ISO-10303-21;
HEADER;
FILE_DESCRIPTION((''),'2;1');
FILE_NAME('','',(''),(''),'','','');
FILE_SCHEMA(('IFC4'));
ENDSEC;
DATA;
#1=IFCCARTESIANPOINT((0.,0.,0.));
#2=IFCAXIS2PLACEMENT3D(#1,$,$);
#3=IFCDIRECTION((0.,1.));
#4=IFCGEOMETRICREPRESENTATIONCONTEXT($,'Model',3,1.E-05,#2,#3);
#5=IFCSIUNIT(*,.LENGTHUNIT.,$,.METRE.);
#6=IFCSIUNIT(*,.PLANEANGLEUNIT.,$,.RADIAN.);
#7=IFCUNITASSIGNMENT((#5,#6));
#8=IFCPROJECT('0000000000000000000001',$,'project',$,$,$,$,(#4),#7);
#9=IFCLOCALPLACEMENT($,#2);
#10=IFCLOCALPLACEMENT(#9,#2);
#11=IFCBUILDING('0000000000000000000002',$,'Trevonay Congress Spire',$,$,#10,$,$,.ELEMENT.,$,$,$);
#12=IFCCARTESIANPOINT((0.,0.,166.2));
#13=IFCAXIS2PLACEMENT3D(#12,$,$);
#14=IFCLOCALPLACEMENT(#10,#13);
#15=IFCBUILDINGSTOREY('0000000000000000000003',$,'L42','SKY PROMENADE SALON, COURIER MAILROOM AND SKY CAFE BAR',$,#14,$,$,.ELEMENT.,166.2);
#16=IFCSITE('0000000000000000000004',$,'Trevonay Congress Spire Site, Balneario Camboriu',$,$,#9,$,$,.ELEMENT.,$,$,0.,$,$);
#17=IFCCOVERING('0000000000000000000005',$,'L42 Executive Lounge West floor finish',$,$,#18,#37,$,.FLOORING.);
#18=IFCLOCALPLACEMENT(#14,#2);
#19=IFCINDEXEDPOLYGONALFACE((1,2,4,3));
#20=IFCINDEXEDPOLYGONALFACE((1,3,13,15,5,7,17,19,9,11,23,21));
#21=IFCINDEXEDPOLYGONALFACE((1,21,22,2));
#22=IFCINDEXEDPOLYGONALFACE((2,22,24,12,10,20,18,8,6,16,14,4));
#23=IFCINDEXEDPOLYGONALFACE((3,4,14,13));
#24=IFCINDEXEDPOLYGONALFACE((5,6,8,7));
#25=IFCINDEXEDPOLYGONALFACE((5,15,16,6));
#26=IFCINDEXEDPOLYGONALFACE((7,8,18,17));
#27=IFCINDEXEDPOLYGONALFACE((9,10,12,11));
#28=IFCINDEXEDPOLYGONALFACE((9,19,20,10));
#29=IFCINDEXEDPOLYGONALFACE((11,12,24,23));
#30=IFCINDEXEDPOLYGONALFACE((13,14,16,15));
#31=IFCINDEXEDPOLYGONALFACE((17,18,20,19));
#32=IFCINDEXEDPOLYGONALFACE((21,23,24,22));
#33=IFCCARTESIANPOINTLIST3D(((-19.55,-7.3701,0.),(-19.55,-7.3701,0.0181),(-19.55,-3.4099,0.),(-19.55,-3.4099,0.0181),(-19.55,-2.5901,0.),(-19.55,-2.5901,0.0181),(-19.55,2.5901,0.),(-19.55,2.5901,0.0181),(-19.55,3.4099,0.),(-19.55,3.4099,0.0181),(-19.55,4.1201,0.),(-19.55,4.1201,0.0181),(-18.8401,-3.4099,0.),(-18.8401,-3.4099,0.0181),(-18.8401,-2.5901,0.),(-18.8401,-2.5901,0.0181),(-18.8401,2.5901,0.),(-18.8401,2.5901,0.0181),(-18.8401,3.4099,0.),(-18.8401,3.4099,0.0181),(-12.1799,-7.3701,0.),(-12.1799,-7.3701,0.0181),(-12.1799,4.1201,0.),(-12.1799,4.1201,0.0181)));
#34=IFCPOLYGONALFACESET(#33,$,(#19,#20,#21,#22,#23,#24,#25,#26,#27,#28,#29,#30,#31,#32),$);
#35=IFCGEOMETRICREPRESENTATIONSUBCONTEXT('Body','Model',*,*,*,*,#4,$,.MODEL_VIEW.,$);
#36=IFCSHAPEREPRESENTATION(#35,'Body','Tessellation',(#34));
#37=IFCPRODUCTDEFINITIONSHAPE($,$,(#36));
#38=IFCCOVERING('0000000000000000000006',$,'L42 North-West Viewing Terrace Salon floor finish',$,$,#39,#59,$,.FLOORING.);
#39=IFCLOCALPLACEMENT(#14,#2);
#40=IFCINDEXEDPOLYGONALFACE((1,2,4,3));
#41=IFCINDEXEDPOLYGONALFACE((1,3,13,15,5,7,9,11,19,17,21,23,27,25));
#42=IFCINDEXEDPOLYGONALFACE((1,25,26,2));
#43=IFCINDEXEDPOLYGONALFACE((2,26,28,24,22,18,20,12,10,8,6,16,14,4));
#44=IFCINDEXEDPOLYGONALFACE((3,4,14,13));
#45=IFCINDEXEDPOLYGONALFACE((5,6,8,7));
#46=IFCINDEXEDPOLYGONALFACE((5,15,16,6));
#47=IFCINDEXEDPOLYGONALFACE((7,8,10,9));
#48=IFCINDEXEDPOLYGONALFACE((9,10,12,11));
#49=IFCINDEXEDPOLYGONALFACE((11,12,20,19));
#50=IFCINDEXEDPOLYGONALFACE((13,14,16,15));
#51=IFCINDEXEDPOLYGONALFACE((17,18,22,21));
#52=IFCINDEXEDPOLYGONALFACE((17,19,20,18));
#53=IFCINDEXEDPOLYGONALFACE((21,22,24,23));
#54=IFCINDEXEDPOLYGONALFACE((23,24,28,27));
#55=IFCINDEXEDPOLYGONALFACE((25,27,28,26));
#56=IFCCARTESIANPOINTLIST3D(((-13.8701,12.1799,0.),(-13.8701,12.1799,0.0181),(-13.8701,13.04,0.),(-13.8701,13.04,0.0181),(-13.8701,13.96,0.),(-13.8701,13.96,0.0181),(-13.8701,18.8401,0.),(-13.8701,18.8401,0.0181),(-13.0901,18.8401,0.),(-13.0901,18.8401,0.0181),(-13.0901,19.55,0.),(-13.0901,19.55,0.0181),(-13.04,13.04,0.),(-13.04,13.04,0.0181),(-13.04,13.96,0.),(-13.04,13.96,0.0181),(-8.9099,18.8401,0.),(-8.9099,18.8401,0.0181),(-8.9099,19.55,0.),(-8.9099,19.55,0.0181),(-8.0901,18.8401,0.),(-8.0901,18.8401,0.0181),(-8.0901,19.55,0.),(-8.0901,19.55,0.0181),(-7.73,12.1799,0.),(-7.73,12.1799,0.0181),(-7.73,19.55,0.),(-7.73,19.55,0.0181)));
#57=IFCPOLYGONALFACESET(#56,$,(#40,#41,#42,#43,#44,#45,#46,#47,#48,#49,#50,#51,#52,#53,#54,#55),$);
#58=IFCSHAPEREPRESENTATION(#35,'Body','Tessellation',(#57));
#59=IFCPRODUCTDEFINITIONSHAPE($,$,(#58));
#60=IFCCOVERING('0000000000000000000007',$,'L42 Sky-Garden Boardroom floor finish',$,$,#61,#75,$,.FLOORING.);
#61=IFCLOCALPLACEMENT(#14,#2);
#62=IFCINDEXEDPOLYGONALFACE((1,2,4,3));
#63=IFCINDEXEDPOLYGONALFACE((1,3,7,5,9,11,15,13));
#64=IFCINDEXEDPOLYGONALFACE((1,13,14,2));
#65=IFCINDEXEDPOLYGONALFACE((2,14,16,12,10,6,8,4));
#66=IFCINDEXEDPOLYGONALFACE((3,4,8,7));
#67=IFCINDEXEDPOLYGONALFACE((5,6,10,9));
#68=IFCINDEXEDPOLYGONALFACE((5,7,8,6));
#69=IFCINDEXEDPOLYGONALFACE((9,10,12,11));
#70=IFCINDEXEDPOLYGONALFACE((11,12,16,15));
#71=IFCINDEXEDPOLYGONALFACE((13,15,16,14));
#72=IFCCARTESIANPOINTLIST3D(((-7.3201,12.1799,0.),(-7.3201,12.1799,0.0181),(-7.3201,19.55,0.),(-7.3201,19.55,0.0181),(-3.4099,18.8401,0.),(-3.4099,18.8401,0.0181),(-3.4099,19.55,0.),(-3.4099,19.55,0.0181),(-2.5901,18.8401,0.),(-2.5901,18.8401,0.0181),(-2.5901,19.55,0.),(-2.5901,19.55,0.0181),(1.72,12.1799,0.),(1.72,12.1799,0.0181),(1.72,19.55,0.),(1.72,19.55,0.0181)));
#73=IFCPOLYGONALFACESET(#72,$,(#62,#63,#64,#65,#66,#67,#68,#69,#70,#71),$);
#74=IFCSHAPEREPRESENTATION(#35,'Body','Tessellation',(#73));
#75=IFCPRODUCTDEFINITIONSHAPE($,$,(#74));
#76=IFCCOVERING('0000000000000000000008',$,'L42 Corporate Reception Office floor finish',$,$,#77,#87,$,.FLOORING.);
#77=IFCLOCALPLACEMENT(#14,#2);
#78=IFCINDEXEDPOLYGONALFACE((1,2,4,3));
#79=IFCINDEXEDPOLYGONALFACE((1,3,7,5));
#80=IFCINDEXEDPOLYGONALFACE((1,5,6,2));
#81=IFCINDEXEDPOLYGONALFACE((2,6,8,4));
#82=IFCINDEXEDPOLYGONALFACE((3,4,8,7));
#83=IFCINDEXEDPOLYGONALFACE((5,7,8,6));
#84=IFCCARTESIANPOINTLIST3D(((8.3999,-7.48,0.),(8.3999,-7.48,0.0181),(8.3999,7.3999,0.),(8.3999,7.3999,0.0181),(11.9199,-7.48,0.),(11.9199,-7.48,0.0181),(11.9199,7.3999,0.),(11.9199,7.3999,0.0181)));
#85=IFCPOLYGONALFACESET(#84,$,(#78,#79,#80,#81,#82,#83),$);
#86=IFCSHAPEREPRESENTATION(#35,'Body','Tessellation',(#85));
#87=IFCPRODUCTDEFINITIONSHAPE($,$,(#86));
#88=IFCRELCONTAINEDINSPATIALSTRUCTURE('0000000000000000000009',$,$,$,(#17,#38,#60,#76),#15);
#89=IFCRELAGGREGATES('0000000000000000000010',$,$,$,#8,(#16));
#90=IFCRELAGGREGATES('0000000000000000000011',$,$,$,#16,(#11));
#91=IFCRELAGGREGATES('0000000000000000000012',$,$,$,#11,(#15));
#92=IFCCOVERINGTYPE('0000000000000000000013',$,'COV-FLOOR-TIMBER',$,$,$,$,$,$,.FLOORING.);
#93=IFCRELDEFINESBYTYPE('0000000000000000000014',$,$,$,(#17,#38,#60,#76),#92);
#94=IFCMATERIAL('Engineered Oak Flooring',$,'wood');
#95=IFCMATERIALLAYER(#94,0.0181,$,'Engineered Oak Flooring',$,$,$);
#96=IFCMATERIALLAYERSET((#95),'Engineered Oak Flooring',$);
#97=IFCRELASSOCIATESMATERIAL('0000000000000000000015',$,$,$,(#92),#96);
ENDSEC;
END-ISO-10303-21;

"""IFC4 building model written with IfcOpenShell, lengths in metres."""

from ifc_helpers import new_model, si_unit, direction, frame, origin, place, context, subcontext, project, spatial, polyline, outline, extrude, material, layer, layer_set, type_object, element, save


model = new_model("IFC4")

# Units and contexts
model_context = context("Model", 3, precision=1e-05, world=origin(), true_north=direction((0.0, 1.0)))
body_context = subcontext(model_context, "Body", "Model", "MODEL_VIEW")
ifc_project = project(units=[si_unit("LENGTHUNIT", "METRE"), si_unit("PLANEANGLEUNIT", "RADIAN")], contexts=[model_context])

# Site, building, storey
site_placement = place(None, origin())
site = spatial("IfcSite", under=ifc_project, at=site_placement, Name="Trevonay Congress Spire Site, Balneario Camboriu", CompositionType="ELEMENT", RefElevation=0.0)
building_placement = place(site_placement, origin())
building = spatial("IfcBuilding", under=site, at=building_placement, Name="Trevonay Congress Spire", CompositionType="ELEMENT")
storey_placement = place(building_placement, frame((0.0, 0.0, 166.2)))
storey = spatial("IfcBuildingStorey", under=building, at=storey_placement, Name="L42", Description="SKY PROMENADE SALON, COURIER MAILROOM AND SKY CAFE BAR", CompositionType="ELEMENT", Elevation=166.2)

# Coverings
ifc_material_1 = material(Name="Engineered Oak Flooring", Category="wood")
ifc_layer_1 = layer(ifc_material_1, 0.0181, Name="Engineered Oak Flooring")
ifc_layer_set_1 = layer_set([ifc_layer_1], Name="Engineered Oak Flooring")
covering_type_1 = type_object("IfcCoveringType", Name="COV-FLOOR-TIMBER", PredefinedType="FLOORING", material=ifc_layer_set_1)
covering_1_placement = place(storey_placement, origin())
element("IfcCovering", 1, at=covering_1_placement, inside=storey, type_object=covering_type_1, Name="L42 Executive Lounge West floor finish", PredefinedType="FLOORING", context=body_context, shape_type="SweptSolid", body=[
    extrude(outline(polyline([(-19.55, 4.1201), (-12.1799, 4.1201), (-12.1799, -7.3701), (-19.55, -7.3701), (-19.55, -3.4099), (-18.8401, -3.4099), (-18.8401, -2.5901), (-19.55, -2.5901), (-19.55, 2.5901), (-18.8401, 2.5901), (-18.8401, 3.4099), (-19.55, 3.4099), (-19.55, 4.1201)])), origin(), (0.0, 0.0, 1.0), 0.0181),
])
covering_2_placement = place(storey_placement, origin())
element("IfcCovering", 2, at=covering_2_placement, inside=storey, type_object=covering_type_1, Name="L42 North-West Viewing Terrace Salon floor finish", PredefinedType="FLOORING", context=body_context, shape_type="SweptSolid", body=[
    extrude(outline(polyline([(-7.73, 19.55), (-7.73, 12.1799), (-13.8701, 12.1799), (-13.8701, 13.04), (-13.04, 13.04), (-13.04, 13.96), (-13.8701, 13.96), (-13.8701, 18.8401), (-13.0901, 18.8401), (-13.0901, 19.55), (-8.9099, 19.55), (-8.9099, 18.8401), (-8.0901, 18.8401), (-8.0901, 19.55), (-7.73, 19.55)])), origin(), (0.0, 0.0, 1.0), 0.0181),
])
covering_3_placement = place(storey_placement, origin())
element("IfcCovering", 3, at=covering_3_placement, inside=storey, type_object=covering_type_1, Name="L42 Sky-Garden Boardroom floor finish", PredefinedType="FLOORING", context=body_context, shape_type="SweptSolid", body=[
    extrude(outline(polyline([(1.72, 19.55), (1.72, 12.1799), (-7.3201, 12.1799), (-7.3201, 19.55), (-3.4099, 19.55), (-3.4099, 18.8401), (-2.5901, 18.8401), (-2.5901, 19.55), (1.72, 19.55)])), origin(), (0.0, 0.0, 1.0), 0.0181),
])
covering_4_placement = place(storey_placement, origin())
element("IfcCovering", 4, at=covering_4_placement, inside=storey, type_object=covering_type_1, Name="L42 Corporate Reception Office floor finish", PredefinedType="FLOORING", context=body_context, shape_type="SweptSolid", body=[
    extrude(outline(polyline([(8.3999, -7.48), (11.9199, -7.48), (11.9199, 7.3999), (8.3999, 7.3999), (8.3999, -7.48)])), origin(), (0.0, 0.0, 1.0), 0.0181),
])

save(model, "model.ifc")
